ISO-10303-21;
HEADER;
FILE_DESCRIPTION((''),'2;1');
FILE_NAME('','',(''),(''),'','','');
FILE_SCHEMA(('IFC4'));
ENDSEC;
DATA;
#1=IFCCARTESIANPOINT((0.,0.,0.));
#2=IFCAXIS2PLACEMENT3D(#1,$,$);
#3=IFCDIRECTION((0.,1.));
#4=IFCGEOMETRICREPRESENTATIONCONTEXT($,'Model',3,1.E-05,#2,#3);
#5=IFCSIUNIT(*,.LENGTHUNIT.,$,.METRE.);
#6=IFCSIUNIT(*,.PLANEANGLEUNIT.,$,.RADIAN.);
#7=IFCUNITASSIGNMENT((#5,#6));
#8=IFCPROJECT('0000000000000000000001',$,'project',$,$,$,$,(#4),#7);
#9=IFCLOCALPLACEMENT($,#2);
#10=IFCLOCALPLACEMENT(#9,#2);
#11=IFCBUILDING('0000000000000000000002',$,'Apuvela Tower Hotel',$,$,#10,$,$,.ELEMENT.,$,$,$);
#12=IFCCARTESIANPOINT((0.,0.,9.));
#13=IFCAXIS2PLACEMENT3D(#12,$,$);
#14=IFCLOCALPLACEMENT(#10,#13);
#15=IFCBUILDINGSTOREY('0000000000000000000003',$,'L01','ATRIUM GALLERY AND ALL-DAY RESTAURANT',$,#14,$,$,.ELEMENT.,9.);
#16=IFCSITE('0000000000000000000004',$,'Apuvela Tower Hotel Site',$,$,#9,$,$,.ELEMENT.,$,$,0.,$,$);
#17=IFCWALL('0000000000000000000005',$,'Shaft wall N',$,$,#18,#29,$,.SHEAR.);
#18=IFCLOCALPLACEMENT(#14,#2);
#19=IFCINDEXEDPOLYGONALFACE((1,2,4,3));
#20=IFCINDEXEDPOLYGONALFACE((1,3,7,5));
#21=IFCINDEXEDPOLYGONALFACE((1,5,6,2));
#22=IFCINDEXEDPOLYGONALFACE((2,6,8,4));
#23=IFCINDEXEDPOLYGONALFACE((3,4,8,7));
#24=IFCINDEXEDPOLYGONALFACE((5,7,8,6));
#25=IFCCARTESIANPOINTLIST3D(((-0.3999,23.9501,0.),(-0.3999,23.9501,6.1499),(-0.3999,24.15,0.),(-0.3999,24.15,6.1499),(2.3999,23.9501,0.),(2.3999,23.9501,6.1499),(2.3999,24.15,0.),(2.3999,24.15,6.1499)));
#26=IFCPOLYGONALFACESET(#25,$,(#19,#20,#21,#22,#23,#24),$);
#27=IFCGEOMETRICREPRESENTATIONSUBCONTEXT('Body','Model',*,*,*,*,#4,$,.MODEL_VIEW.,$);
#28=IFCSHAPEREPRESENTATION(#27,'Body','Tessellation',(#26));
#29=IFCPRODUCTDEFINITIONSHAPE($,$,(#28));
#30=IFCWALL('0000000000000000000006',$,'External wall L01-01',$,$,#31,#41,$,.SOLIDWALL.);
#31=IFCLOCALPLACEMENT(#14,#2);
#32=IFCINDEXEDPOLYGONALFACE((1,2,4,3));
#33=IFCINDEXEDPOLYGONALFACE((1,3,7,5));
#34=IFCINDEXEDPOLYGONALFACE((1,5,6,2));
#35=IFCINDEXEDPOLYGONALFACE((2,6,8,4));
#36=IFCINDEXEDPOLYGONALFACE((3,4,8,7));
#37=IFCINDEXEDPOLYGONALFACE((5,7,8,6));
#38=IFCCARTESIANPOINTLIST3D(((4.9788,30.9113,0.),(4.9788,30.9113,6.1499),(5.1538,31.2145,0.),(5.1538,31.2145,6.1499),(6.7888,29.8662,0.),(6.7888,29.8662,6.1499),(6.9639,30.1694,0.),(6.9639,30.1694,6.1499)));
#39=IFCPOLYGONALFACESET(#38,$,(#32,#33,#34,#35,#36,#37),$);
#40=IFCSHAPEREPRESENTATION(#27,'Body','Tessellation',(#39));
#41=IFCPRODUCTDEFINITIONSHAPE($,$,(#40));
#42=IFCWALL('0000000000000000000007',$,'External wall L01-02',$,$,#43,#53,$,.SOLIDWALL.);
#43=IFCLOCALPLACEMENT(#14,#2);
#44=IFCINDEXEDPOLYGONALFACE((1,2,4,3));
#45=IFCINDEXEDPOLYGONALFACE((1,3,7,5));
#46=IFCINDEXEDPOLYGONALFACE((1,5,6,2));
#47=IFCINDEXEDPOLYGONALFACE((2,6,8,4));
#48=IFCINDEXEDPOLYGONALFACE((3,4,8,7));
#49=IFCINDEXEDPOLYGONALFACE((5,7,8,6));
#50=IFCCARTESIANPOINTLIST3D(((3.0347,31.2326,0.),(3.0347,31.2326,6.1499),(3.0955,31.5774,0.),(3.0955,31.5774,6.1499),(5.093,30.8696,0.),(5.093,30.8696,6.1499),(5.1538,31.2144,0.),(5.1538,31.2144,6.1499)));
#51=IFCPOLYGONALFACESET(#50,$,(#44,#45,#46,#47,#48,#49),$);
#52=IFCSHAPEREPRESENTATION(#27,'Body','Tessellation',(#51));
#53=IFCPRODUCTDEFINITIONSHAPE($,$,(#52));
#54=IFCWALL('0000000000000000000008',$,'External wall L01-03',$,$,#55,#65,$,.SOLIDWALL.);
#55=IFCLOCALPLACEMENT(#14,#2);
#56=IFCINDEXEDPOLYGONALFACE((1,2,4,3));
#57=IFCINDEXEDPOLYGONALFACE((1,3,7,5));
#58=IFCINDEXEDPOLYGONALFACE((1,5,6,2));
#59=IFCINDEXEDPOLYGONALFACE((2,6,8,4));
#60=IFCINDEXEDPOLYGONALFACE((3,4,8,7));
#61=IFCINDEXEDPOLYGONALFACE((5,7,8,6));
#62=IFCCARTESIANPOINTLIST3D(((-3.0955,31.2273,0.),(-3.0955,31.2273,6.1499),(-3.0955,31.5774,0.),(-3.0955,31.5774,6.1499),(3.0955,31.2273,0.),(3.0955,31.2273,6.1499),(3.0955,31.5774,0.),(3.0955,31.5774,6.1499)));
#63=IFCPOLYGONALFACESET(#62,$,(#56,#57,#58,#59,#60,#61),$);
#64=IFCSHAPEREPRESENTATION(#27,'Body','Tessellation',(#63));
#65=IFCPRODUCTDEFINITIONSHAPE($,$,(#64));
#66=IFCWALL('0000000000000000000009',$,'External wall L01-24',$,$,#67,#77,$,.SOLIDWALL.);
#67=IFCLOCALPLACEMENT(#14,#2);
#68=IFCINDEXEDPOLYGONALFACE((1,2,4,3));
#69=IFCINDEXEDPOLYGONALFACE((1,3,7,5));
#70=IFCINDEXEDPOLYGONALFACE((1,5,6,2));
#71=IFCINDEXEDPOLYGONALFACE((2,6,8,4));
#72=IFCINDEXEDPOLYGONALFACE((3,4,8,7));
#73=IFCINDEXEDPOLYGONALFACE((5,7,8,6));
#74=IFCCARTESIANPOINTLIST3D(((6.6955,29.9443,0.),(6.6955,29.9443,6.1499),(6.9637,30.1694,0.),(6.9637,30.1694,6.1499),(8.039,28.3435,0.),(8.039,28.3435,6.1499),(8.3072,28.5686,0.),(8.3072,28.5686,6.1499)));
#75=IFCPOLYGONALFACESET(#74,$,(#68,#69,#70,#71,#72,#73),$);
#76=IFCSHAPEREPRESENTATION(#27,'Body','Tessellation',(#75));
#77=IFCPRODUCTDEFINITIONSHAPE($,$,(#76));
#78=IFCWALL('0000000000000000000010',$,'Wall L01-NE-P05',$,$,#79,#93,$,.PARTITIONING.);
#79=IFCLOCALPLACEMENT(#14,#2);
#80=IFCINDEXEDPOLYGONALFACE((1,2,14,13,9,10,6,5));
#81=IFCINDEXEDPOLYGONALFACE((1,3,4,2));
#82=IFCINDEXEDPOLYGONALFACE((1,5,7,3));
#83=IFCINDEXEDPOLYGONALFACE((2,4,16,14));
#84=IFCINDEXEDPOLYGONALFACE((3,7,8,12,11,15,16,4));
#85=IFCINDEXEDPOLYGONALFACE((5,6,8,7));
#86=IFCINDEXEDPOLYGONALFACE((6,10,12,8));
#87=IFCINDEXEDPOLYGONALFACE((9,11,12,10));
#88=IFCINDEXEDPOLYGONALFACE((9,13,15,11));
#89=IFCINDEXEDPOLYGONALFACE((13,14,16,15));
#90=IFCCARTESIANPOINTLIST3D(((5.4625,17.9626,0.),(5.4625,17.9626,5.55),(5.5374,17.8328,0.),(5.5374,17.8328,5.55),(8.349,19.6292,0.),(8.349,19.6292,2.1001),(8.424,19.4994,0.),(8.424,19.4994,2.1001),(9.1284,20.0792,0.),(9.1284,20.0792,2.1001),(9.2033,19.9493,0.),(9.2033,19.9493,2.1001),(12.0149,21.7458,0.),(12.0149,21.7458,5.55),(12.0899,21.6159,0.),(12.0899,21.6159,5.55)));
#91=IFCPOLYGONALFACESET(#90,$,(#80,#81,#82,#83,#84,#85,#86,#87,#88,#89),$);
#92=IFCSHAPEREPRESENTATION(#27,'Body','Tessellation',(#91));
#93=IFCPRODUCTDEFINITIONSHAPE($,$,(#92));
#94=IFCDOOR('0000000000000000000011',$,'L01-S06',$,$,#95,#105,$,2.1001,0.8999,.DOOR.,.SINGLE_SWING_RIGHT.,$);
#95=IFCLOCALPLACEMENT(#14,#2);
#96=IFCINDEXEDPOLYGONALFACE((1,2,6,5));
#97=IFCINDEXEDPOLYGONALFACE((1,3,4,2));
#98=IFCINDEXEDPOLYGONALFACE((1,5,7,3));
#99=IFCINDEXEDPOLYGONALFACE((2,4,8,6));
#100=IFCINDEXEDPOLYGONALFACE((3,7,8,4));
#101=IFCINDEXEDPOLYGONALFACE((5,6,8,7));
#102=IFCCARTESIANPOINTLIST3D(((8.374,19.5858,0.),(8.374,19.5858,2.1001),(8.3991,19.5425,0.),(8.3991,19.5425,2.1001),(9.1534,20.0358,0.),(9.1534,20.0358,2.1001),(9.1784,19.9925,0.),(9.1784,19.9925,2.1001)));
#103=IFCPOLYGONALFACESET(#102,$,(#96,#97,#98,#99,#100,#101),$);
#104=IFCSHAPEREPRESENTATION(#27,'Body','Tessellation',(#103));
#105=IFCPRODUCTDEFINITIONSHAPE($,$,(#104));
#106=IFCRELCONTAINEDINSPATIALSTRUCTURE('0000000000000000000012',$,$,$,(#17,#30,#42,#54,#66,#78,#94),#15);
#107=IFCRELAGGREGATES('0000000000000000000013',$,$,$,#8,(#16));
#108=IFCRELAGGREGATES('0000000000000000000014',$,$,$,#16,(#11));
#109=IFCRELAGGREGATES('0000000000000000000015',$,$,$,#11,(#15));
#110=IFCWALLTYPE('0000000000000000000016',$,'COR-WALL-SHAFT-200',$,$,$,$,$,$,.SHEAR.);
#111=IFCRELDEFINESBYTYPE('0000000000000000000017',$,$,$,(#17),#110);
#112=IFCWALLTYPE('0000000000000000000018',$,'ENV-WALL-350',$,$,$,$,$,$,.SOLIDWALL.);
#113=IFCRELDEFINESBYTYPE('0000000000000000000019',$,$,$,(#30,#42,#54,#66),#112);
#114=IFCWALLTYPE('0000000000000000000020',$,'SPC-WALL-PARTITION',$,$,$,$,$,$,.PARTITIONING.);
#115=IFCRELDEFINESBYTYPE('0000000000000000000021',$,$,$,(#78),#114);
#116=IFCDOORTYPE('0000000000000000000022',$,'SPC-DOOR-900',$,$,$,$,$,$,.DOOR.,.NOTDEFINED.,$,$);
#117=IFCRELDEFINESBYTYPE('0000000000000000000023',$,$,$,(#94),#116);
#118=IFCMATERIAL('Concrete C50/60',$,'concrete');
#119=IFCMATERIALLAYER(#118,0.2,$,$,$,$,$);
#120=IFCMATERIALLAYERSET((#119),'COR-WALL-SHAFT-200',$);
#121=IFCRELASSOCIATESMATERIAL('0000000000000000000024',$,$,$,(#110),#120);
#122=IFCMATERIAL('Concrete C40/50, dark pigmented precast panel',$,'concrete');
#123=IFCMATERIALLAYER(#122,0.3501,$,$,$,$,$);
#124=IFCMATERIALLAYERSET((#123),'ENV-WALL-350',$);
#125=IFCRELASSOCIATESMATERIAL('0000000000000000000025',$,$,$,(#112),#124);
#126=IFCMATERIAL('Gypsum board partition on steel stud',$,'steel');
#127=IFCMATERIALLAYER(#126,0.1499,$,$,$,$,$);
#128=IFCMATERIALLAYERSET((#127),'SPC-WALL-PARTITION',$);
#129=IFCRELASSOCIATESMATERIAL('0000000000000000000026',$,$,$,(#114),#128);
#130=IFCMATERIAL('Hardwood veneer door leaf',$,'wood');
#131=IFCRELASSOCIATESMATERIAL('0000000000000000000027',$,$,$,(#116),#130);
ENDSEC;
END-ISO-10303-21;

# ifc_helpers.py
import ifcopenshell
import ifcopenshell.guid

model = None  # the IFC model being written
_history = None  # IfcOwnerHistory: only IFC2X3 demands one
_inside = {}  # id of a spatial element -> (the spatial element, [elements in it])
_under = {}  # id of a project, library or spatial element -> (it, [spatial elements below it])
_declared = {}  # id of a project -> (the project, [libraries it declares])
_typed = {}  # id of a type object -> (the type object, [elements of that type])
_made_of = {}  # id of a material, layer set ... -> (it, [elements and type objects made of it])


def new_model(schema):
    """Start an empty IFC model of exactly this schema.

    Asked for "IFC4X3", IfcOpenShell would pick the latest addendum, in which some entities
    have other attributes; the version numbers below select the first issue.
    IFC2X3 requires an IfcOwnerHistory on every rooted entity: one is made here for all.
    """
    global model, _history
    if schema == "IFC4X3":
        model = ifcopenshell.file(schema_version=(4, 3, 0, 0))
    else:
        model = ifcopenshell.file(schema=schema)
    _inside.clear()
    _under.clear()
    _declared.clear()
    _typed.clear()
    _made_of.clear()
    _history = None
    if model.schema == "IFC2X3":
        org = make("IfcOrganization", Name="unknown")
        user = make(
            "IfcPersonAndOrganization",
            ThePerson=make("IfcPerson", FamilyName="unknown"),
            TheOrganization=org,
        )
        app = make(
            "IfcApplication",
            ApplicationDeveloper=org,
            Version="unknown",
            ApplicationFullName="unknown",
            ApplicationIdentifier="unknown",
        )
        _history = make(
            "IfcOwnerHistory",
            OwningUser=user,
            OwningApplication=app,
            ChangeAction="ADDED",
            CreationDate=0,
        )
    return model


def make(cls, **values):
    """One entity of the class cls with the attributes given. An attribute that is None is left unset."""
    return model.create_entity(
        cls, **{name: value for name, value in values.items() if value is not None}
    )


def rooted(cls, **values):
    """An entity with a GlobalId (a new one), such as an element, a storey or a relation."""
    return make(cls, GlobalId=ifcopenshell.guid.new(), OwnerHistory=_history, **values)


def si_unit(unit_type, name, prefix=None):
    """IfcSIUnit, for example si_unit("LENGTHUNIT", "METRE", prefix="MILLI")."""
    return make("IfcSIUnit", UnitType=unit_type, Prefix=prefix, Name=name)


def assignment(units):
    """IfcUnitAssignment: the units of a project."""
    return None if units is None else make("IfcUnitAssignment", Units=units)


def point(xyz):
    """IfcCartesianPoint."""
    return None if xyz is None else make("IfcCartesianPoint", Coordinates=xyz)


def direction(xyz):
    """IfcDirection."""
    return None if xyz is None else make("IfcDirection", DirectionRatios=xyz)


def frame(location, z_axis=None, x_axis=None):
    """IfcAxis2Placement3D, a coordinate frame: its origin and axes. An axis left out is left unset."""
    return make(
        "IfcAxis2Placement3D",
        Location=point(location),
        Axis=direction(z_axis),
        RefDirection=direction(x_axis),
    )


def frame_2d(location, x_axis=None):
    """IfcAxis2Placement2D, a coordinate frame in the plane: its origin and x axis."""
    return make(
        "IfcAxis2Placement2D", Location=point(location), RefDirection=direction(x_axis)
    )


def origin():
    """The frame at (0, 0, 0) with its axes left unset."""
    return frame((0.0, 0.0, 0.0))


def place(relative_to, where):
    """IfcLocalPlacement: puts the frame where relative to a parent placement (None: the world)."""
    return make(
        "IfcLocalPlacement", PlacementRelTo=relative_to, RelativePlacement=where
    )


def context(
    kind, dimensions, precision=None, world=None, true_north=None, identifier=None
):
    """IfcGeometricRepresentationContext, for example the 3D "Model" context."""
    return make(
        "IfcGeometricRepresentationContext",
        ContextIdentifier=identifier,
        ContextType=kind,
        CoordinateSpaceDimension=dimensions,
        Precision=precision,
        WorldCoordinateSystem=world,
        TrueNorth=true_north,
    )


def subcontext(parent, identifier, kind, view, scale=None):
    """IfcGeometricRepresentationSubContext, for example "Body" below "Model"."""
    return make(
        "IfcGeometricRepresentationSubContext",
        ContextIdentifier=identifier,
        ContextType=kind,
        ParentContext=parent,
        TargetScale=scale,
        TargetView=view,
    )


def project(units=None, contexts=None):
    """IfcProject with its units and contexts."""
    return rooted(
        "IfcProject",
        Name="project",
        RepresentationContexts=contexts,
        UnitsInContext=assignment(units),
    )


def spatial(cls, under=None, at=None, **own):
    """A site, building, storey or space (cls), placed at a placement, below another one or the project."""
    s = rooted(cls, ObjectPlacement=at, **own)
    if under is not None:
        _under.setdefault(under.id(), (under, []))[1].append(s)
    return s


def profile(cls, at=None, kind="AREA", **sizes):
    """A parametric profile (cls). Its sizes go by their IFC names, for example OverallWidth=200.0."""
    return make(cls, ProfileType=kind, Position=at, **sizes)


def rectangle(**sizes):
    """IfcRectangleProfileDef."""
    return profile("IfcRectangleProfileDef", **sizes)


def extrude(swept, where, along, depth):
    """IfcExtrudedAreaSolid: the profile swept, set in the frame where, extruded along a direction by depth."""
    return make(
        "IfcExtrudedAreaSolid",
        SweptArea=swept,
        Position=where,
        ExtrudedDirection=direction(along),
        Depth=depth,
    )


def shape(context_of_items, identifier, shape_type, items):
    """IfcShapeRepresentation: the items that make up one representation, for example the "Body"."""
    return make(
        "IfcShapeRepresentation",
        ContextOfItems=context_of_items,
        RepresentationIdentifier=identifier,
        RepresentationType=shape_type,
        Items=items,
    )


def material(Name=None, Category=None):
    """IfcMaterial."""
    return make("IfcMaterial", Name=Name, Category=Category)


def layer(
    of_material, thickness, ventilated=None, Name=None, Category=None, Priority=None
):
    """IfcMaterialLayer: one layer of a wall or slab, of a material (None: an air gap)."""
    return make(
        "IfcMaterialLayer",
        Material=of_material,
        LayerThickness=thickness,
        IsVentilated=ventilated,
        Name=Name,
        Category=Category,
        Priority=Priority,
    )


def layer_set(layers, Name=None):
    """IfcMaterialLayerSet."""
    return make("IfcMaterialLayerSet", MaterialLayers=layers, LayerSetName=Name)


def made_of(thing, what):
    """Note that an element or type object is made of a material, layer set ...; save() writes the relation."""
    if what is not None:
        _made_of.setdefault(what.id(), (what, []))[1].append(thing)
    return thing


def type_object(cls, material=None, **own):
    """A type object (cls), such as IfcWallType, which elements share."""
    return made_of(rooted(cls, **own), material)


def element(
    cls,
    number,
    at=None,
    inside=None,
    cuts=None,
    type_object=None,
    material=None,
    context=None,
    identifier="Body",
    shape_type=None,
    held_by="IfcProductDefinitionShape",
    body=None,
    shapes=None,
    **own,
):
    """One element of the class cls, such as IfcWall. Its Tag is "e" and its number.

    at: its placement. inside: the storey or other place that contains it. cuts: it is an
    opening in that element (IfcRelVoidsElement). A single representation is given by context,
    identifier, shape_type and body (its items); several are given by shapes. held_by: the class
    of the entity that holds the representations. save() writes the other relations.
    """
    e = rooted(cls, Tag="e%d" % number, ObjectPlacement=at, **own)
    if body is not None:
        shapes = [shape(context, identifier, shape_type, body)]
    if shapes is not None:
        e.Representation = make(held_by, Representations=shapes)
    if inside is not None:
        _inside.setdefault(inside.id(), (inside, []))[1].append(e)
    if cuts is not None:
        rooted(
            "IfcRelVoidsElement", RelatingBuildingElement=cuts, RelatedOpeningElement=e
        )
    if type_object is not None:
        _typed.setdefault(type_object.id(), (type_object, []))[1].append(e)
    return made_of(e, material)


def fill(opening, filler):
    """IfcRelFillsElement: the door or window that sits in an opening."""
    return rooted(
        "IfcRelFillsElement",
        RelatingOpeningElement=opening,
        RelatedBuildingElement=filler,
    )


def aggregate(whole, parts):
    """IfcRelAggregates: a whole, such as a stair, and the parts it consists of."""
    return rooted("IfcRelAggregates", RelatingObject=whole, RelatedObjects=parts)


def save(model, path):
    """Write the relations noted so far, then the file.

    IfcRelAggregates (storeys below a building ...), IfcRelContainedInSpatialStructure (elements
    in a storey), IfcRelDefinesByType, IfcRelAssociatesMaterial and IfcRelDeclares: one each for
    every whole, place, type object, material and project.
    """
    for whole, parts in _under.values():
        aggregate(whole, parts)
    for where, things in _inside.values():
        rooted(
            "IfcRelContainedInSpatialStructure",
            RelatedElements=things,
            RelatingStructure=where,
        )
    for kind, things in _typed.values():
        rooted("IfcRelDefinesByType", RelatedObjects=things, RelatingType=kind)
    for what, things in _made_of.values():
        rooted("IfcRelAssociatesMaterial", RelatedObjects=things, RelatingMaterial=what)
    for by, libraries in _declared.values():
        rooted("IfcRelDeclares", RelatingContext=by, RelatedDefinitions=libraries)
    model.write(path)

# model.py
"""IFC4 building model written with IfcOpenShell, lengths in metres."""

from ifc_helpers import new_model, si_unit, direction, frame, frame_2d, origin, place, context, subcontext, project, spatial, rectangle, extrude, material, layer, layer_set, type_object, element, fill, save


model = new_model("IFC4")

# Units and contexts
model_context = context("Model", 3, precision=1e-05, world=origin(), true_north=direction((0.0, 1.0)))
body_context = subcontext(model_context, "Body", "Model", "MODEL_VIEW")
ifc_project = project(units=[si_unit("LENGTHUNIT", "METRE"), si_unit("PLANEANGLEUNIT", "RADIAN")], contexts=[model_context])

# Site, building, storey
site_placement = place(None, origin())
site = spatial("IfcSite", under=ifc_project, at=site_placement, Name="Apuvela Tower Hotel Site", CompositionType="ELEMENT", RefElevation=0.0)
building_placement = place(site_placement, origin())
building = spatial("IfcBuilding", under=site, at=building_placement, Name="Apuvela Tower Hotel", CompositionType="ELEMENT")
storey_placement = place(building_placement, frame((0.0, 0.0, 9.0)))
storey = spatial("IfcBuildingStorey", under=building, at=storey_placement, Name="L01", Description="ATRIUM GALLERY AND ALL-DAY RESTAURANT", CompositionType="ELEMENT", Elevation=9.0)

# Shared definitions
ifc_material_1 = material(Name="Concrete C50/60", Category="concrete")

# Walls
ifc_layer_1 = layer(ifc_material_1, 0.2)
ifc_layer_set_1 = layer_set([ifc_layer_1], Name="COR-WALL-SHAFT-200")
wall_type_1 = type_object("IfcWallType", Name="COR-WALL-SHAFT-200", PredefinedType="SHEAR", material=ifc_layer_set_1)
wall_1_placement = place(storey_placement, frame((2.3999, 24.05, 0.0), z_axis=(0.0, 0.0, 1.0), x_axis=(-1.0, 0.0, 0.0)))
element("IfcWall", 1, at=wall_1_placement, inside=storey, type_object=wall_type_1, Name="Shaft wall N", PredefinedType="SHEAR", context=body_context, shape_type="SweptSolid", body=[
    extrude(rectangle(XDim=2.7998, YDim=0.2, at=frame_2d((1.3999, 0.0))), origin(), (0.0, 0.0, 1.0), 6.1499),
])
ifc_material_2 = material(Name="Concrete C40/50, dark pigmented precast panel", Category="concrete")
ifc_layer_2 = layer(ifc_material_2, 0.3501)
ifc_layer_set_2 = layer_set([ifc_layer_2], Name="ENV-WALL-350")
wall_type_2 = type_object("IfcWallType", Name="ENV-WALL-350", PredefinedType="SOLIDWALL", material=ifc_layer_set_2)
for number, where, z_axis, x_axis, name in (
    (2, (6.8762, 30.0178, 0.0), (0.0, 0.0, 1.0), (-0.865999, 0.500046, 0.0), "External wall L01-01"),
    (3, (5.1233, 31.042, 0.0), (0.0, 0.0, 1.0), (-0.9848, 0.173692, 0.0), "External wall L01-02"),
):
    element("IfcWall", number, at=place(storey_placement, frame(where, z_axis=z_axis, x_axis=x_axis)), inside=storey, type_object=wall_type_2, Name=name, PredefinedType="SOLIDWALL", context=body_context, shape_type="SweptSolid", body=[
        extrude(rectangle(XDim=2.0901, YDim=0.3501, at=frame_2d((1.0449, 0.0))), origin(), (0.0, 0.0, 1.0), 6.1499),
    ])
wall_2_placement = place(storey_placement, frame((3.0955, 31.4023, 0.0), z_axis=(0.0, 0.0, 1.0), x_axis=(-1.0, 0.0, 0.0)))
element("IfcWall", 4, at=wall_2_placement, inside=storey, type_object=wall_type_2, Name="External wall L01-03", PredefinedType="SOLIDWALL", context=body_context, shape_type="SweptSolid", body=[
    extrude(rectangle(XDim=6.1909, YDim=0.3501, at=frame_2d((3.0955, 0.0))), origin(), (0.0, 0.0, 1.0), 6.1499),
])
wall_3_placement = place(storey_placement, frame((8.1731, 28.4561, 0.0), z_axis=(0.0, 0.0, 1.0), x_axis=(-0.642858, 0.765986, 0.0)))
element("IfcWall", 5, at=wall_3_placement, inside=storey, type_object=wall_type_2, Name="External wall L01-24", PredefinedType="SOLIDWALL", context=body_context, shape_type="SweptSolid", body=[
    extrude(rectangle(XDim=2.0898, YDim=0.3501, at=frame_2d((1.0449, 0.0))), origin(), (0.0, 0.0, 1.0), 6.1499),
])

# Wall, opening, door
ifc_material_3 = material(Name="Gypsum board partition on steel stud", Category="steel")
ifc_layer_3 = layer(ifc_material_3, 0.1499)
ifc_layer_set_3 = layer_set([ifc_layer_3], Name="SPC-WALL-PARTITION")
wall_type_3 = type_object("IfcWallType", Name="SPC-WALL-PARTITION", PredefinedType="PARTITIONING", material=ifc_layer_set_3)
wall_4_placement = place(storey_placement, frame((12.0525, 21.6809, 0.0), z_axis=(0.0, 0.0, 1.0), x_axis=(-0.866018, -0.500012, 0.0)))
wall_4 = element("IfcWall", 6, at=wall_4_placement, inside=storey, type_object=wall_type_3, Name="Wall L01-NE-P05", PredefinedType="PARTITIONING", context=body_context, shape_type="SweptSolid", body=[
    extrude(rectangle(XDim=7.5662, YDim=0.1499, at=frame_2d((3.7832, 0.0))), origin(), (0.0, 0.0, 1.0), 5.55),
])
opening_1_placement = place(wall_4_placement, frame((3.3333, 0.0, 0.0)))
opening_1 = element("IfcOpeningElement", 7, at=opening_1_placement, cuts=wall_4, PredefinedType="OPENING", context=body_context, shape_type="SweptSolid", body=[
    extrude(rectangle(XDim=0.8999, YDim=2.1001, at=frame_2d((0.45, 1.05))), frame((0.0, 0.085, 0.0), z_axis=(0.0, -1.0, 0.0), x_axis=(1.0, 0.0, 0.0)), (0.0, 0.0, 1.0), 0.1699),
])
ifc_material_4 = material(Name="Hardwood veneer door leaf", Category="wood")
door_type_1 = type_object("IfcDoorType", Name="SPC-DOOR-900", OperationType="NOTDEFINED", PredefinedType="DOOR", material=ifc_material_4)
door_1_placement = place(opening_1_placement, frame((0.8999, 0.0, 0.0), z_axis=(0.0, 0.0, 1.0), x_axis=(-1.0, 0.0, 0.0)))
door_1 = element("IfcDoor", 8, at=door_1_placement, inside=storey, type_object=door_type_1, Name="L01-S06", OperationType="SINGLE_SWING_RIGHT", OverallHeight=2.1001, OverallWidth=0.8999, PredefinedType="DOOR", context=body_context, shape_type="SweptSolid", body=[
    extrude(rectangle(XDim=0.8999, YDim=2.1001, at=frame_2d((0.45, 1.05))), frame((0.0, 0.0249, 0.0), z_axis=(0.0, -1.0, 0.0), x_axis=(1.0, 0.0, 0.0)), (0.0, 0.0, 1.0), 0.05),
])
fill(opening_1, door_1)

save(model, "model.ifc")
